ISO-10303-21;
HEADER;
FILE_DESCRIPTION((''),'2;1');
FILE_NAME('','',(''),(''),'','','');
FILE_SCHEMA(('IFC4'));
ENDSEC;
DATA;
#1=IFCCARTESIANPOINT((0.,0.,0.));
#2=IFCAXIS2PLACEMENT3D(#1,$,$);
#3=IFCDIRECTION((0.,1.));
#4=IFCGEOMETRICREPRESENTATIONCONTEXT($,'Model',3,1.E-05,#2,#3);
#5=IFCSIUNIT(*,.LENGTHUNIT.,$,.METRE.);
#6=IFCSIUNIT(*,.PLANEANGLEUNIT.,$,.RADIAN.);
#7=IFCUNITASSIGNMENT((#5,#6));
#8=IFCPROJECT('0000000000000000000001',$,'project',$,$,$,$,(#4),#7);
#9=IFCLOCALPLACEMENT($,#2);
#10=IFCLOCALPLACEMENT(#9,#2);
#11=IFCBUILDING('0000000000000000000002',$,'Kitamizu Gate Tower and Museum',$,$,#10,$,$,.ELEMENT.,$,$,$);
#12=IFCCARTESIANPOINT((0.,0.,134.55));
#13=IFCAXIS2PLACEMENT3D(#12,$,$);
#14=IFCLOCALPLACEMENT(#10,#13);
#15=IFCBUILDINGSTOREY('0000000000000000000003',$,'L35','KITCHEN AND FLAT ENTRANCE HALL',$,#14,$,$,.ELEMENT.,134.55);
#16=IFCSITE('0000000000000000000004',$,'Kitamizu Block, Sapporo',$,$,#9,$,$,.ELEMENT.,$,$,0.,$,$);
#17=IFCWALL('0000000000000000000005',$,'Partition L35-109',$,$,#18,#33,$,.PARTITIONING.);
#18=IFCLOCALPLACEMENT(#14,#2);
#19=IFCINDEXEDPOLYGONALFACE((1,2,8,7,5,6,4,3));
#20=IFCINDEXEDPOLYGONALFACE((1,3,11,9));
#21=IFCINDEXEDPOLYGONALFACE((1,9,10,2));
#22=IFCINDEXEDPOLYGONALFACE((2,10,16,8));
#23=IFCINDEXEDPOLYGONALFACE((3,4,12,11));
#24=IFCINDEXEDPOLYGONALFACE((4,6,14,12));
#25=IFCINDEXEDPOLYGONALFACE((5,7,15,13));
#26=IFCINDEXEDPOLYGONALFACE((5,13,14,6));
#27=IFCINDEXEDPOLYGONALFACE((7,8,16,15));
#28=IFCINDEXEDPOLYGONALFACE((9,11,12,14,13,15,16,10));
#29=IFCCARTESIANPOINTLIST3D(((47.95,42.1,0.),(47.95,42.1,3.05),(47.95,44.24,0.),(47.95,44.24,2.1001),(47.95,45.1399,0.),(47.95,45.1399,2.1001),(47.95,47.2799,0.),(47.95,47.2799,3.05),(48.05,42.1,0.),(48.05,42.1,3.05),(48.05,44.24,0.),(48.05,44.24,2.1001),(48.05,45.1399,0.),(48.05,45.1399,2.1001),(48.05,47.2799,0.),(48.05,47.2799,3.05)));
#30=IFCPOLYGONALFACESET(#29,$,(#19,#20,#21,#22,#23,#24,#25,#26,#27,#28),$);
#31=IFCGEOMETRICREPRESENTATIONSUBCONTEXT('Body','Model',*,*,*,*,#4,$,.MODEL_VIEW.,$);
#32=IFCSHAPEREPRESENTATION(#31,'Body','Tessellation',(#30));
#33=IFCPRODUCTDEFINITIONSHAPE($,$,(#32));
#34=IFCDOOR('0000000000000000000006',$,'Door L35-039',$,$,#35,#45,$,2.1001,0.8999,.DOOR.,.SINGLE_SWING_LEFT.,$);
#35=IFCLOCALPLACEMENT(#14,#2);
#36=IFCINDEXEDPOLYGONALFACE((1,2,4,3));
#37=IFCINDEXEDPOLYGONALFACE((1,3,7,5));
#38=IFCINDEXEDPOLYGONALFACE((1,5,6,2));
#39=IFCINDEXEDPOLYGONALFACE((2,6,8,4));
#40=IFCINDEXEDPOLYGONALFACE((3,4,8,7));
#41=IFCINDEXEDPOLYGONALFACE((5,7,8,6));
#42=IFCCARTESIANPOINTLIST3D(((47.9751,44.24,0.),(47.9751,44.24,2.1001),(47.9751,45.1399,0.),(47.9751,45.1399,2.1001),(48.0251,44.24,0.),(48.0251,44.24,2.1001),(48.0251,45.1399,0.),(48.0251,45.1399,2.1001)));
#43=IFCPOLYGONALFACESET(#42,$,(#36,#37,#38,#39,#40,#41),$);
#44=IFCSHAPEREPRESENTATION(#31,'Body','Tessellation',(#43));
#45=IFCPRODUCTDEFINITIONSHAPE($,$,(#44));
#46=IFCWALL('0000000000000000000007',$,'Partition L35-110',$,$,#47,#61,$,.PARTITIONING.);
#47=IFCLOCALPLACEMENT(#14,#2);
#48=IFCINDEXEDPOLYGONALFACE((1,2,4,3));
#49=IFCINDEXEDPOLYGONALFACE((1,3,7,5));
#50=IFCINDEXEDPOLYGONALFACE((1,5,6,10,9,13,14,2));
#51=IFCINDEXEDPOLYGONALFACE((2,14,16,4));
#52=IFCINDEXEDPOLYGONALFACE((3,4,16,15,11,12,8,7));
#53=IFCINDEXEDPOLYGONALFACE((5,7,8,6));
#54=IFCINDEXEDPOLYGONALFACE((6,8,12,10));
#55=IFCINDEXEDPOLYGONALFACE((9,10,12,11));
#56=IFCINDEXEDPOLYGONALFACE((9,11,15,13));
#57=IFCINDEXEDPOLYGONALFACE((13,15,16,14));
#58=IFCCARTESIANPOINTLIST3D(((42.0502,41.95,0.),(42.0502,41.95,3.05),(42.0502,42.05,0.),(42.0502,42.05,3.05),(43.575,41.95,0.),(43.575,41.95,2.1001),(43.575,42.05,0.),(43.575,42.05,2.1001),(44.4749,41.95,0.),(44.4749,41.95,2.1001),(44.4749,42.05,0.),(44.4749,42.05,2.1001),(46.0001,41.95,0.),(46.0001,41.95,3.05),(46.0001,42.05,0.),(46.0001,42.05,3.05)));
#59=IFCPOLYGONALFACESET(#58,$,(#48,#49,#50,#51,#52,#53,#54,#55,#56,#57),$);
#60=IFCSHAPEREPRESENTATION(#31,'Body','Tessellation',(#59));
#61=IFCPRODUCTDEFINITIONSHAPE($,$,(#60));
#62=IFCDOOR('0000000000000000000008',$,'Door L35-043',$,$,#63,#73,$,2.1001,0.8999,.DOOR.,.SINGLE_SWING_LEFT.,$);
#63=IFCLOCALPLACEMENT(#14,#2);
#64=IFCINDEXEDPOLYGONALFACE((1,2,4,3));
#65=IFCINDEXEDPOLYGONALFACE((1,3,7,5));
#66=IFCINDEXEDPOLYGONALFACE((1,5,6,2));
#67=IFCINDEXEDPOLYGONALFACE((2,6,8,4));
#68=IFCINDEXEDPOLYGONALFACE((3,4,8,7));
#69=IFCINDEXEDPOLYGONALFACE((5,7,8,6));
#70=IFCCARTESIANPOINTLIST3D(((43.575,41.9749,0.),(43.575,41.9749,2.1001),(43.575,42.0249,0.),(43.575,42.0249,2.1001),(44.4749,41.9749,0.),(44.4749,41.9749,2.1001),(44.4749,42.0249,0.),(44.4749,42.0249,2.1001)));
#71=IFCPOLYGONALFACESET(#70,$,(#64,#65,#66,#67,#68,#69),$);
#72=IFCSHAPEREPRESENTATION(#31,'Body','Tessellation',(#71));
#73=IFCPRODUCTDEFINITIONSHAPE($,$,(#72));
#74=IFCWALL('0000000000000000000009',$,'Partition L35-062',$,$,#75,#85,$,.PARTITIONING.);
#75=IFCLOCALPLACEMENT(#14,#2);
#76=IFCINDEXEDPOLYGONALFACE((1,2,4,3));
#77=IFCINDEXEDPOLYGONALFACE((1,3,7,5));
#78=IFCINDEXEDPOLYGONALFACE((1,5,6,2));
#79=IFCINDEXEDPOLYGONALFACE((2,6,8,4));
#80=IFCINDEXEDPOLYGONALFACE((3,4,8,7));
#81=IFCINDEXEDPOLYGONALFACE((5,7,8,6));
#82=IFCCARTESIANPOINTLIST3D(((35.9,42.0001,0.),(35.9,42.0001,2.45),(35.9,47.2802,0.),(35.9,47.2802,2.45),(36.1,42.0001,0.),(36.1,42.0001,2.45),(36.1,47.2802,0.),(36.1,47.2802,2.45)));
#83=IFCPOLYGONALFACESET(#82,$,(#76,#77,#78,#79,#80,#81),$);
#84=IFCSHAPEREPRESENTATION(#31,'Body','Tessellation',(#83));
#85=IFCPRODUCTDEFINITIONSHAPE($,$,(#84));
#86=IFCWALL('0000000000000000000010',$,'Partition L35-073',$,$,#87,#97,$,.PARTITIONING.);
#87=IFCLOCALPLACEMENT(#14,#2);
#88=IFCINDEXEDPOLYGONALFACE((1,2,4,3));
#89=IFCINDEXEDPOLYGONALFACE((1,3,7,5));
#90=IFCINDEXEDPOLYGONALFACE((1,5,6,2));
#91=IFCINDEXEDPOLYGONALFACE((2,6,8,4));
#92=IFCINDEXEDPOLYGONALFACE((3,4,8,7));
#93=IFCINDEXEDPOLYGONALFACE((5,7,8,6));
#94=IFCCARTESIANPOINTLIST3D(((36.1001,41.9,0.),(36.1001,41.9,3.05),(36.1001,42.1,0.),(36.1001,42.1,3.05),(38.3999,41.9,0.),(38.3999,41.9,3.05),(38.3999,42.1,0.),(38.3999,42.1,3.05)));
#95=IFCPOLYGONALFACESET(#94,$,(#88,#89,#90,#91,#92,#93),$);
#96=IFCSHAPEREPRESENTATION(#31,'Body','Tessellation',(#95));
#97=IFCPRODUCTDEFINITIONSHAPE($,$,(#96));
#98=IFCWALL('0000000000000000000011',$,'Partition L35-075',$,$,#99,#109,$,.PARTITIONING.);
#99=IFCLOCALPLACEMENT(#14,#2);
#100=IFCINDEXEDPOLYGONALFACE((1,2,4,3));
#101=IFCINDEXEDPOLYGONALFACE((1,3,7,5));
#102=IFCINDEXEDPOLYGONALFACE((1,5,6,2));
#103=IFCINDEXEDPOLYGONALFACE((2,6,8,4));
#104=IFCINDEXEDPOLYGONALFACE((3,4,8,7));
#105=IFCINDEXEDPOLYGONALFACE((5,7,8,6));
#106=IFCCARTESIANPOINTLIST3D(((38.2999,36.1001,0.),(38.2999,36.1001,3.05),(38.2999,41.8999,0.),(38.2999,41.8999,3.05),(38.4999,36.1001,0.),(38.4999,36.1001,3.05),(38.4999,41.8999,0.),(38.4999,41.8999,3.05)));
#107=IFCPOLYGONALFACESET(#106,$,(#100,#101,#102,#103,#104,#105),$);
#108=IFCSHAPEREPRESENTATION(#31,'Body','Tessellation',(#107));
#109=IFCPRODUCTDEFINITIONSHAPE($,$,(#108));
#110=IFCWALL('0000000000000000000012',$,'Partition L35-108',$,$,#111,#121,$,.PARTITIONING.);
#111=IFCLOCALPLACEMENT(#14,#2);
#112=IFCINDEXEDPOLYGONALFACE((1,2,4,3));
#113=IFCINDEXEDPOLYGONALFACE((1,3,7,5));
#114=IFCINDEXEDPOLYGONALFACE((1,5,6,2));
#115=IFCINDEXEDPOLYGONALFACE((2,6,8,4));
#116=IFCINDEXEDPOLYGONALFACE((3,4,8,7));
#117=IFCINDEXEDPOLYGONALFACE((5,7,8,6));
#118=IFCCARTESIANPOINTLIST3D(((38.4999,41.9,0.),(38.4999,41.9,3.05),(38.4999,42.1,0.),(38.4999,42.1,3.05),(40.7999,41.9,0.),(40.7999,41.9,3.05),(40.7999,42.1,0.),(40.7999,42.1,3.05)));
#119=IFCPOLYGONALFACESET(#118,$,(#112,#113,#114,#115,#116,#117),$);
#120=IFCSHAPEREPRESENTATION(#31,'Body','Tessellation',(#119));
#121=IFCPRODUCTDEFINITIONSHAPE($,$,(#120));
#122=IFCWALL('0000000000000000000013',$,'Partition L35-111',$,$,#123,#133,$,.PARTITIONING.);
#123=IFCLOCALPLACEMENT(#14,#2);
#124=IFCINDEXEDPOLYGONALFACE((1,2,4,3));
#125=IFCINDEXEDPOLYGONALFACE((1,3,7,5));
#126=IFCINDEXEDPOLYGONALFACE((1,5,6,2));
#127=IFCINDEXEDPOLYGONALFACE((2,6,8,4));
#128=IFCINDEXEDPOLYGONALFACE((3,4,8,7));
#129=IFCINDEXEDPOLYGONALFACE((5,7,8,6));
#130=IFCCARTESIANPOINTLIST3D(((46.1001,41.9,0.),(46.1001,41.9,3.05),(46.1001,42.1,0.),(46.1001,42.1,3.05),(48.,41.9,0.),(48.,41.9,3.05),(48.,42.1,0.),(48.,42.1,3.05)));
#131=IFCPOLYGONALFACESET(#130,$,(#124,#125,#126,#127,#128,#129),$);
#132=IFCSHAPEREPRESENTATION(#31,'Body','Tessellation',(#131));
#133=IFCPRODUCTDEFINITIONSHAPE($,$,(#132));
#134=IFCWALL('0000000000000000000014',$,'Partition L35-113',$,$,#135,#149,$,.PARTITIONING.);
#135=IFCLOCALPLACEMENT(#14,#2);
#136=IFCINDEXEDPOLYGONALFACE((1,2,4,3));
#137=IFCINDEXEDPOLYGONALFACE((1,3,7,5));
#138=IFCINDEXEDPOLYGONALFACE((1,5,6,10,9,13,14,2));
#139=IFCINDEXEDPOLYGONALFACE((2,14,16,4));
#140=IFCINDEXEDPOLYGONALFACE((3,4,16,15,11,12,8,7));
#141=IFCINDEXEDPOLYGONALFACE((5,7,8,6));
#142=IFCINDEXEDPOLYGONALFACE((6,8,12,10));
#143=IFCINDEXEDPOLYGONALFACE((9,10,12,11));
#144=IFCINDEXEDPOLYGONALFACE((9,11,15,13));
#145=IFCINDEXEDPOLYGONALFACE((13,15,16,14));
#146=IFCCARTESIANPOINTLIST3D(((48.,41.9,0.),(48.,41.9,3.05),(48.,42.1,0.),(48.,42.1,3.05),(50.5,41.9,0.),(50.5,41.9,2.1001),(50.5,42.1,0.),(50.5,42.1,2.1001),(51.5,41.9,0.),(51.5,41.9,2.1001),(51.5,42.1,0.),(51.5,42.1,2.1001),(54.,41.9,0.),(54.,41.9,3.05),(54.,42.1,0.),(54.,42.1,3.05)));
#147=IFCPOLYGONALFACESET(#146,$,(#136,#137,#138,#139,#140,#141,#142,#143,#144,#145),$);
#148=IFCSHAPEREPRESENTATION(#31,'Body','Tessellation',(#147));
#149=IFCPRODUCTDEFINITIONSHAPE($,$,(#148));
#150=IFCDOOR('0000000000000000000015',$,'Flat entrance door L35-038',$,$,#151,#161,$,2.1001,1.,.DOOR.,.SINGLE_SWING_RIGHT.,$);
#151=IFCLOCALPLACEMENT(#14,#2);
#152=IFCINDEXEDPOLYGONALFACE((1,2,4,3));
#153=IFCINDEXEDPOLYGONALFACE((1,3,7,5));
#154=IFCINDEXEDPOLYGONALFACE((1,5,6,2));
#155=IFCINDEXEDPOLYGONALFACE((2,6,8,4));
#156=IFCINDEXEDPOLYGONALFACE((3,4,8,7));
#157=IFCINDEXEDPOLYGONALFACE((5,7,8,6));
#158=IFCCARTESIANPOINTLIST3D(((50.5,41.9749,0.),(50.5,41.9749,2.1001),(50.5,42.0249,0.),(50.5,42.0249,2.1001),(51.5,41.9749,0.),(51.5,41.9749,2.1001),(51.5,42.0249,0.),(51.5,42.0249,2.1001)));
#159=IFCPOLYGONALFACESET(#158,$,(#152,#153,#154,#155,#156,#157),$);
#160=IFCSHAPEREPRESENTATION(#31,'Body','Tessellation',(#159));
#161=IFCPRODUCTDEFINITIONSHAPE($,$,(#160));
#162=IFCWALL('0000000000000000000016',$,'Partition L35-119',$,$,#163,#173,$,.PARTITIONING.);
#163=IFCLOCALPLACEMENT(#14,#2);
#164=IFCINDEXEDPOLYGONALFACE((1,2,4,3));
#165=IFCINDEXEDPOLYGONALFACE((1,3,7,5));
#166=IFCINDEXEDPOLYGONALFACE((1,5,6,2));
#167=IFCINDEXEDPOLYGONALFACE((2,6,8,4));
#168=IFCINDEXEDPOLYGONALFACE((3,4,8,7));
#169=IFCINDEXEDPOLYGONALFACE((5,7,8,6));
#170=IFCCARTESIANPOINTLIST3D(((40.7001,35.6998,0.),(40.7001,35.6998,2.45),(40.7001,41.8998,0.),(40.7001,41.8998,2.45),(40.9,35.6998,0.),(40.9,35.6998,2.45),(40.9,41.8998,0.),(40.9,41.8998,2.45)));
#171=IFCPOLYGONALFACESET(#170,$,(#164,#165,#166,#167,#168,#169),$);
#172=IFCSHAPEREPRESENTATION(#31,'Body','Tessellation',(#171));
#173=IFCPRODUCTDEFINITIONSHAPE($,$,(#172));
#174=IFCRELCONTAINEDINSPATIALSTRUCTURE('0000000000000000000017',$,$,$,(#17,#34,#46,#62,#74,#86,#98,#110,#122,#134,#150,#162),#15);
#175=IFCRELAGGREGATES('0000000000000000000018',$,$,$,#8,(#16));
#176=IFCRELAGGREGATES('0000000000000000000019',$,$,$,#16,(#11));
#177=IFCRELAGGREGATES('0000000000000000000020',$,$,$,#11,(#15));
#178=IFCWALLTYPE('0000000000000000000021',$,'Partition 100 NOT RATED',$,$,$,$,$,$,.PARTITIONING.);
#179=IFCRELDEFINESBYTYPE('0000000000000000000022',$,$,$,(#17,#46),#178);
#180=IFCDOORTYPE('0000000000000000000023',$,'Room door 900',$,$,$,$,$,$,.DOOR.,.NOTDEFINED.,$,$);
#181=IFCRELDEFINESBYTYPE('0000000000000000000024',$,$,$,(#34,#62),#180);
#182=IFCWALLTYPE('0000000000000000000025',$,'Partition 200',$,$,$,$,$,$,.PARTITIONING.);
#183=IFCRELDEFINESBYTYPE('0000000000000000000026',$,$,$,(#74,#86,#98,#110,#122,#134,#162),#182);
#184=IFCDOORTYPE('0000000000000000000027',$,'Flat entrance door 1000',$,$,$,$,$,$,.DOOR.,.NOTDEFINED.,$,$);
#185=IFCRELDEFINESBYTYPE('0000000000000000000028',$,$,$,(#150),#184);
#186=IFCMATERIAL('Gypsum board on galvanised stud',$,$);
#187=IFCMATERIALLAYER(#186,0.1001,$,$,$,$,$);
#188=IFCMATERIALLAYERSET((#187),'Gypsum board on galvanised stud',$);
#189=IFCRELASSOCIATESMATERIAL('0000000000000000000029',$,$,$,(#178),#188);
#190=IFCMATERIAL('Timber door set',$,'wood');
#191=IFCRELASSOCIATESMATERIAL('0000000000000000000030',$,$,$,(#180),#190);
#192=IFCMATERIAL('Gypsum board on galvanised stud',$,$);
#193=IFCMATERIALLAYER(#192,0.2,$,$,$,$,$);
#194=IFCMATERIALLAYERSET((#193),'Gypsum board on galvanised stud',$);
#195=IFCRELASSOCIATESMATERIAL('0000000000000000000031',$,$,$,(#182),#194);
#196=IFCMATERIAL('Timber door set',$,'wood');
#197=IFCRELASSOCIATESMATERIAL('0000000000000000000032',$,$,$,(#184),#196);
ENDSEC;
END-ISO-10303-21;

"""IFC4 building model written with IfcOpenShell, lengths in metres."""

from ifc_helpers import new_model, si_unit, direction, frame, frame_2d, origin, place, context, subcontext, project, spatial, rectangle, extrude, material, layer, layer_set, type_object, element, fill, save


model = new_model("IFC4")

# Units and contexts
model_context = context("Model", 3, precision=1e-05, world=origin(), true_north=direction((0.0, 1.0)))
body_context = subcontext(model_context, "Body", "Model", "MODEL_VIEW")
ifc_project = project(units=[si_unit("LENGTHUNIT", "METRE"), si_unit("PLANEANGLEUNIT", "RADIAN")], contexts=[model_context])

# Site, building, storey
site_placement = place(None, origin())
site = spatial("IfcSite", under=ifc_project, at=site_placement, Name="Kitamizu Block, Sapporo", CompositionType="ELEMENT", RefElevation=0.0)
building_placement = place(site_placement, origin())
building = spatial("IfcBuilding", under=site, at=building_placement, Name="Kitamizu Gate Tower and Museum", CompositionType="ELEMENT")
storey_placement = place(building_placement, frame((0.0, 0.0, 134.55)))
storey = spatial("IfcBuildingStorey", under=building, at=storey_placement, Name="L35", Description="KITCHEN AND FLAT ENTRANCE HALL", CompositionType="ELEMENT", Elevation=134.55)

# Shared definitions
ifc_material_1 = material(Name="Gypsum board on galvanised stud")
ifc_layer_1 = layer(ifc_material_1, 0.1001)
ifc_layer_set_1 = layer_set([ifc_layer_1], Name="Gypsum board on galvanised stud")
wall_type_1 = type_object("IfcWallType", Name="Partition 100 NOT RATED", PredefinedType="PARTITIONING", material=ifc_layer_set_1)
ifc_material_2 = material(Name="Timber door set", Category="wood")
door_type_1 = type_object("IfcDoorType", Name="Room door 900", OperationType="NOTDEFINED", PredefinedType="DOOR", material=ifc_material_2)

# Walls, openings, doors
wall_1_placement = place(storey_placement, frame((48.0, 42.1001, 0.0), z_axis=(0.0, 0.0, 1.0), x_axis=(0.0, 1.0, 0.0)))
wall_1 = element("IfcWall", 1, at=wall_1_placement, inside=storey, type_object=wall_type_1, Name="Partition L35-109", PredefinedType="PARTITIONING", context=body_context, shape_type="SweptSolid", body=[
    extrude(rectangle(XDim=5.1799, YDim=0.1001, at=frame_2d((2.5898, 0.0))), origin(), (0.0, 0.0, 1.0), 3.05),
])
opening_1_placement = place(wall_1_placement, frame((2.1399, 0.0, 0.0)))
opening_1 = element("IfcOpeningElement", 2, at=opening_1_placement, cuts=wall_1, PredefinedType="OPENING", context=body_context, shape_type="SweptSolid", body=[
    extrude(rectangle(XDim=0.8999, YDim=2.1001, at=frame_2d((0.45, 1.05))), frame((0.0, 0.0601, 0.0), z_axis=(0.0, -1.0, 0.0), x_axis=(1.0, 0.0, 0.0)), (0.0, 0.0, 1.0), 0.1201),
])
door_1_placement = place(opening_1_placement, origin())
door_1 = element("IfcDoor", 3, at=door_1_placement, inside=storey, type_object=door_type_1, Name="Door L35-039", OperationType="SINGLE_SWING_LEFT", OverallHeight=2.1001, OverallWidth=0.8999, PredefinedType="DOOR", context=body_context, shape_type="SweptSolid", body=[
    extrude(rectangle(XDim=0.8999, YDim=2.1001, at=frame_2d((0.45, 1.05))), frame((0.0, 0.0249, 0.0), z_axis=(0.0, -1.0, 0.0), x_axis=(1.0, 0.0, 0.0)), (0.0, 0.0, 1.0), 0.05),
])
fill(opening_1, door_1)
wall_2_placement = place(storey_placement, frame((42.05, 42.0, 0.0), z_axis=(0.0, 0.0, 1.0), x_axis=(1.0, 0.0, 0.0)))
wall_2 = element("IfcWall", 4, at=wall_2_placement, inside=storey, type_object=wall_type_1, Name="Partition L35-110", PredefinedType="PARTITIONING", context=body_context, shape_type="SweptSolid", body=[
    extrude(rectangle(XDim=3.95, YDim=0.1001, at=frame_2d((1.9751, 0.0))), origin(), (0.0, 0.0, 1.0), 3.05),
])
opening_2_placement = place(wall_2_placement, frame((1.5249, 0.0, 0.0)))
opening_2 = element("IfcOpeningElement", 5, at=opening_2_placement, cuts=wall_2, PredefinedType="OPENING", context=body_context, shape_type="SweptSolid", body=[
    extrude(rectangle(XDim=0.8999, YDim=2.1001, at=frame_2d((0.45, 1.05))), frame((0.0, 0.0601, 0.0), z_axis=(0.0, -1.0, 0.0), x_axis=(1.0, 0.0, 0.0)), (0.0, 0.0, 1.0), 0.1201),
])
door_2_placement = place(opening_2_placement, origin())
door_2 = element("IfcDoor", 6, at=door_2_placement, inside=storey, type_object=door_type_1, Name="Door L35-043", OperationType="SINGLE_SWING_LEFT", OverallHeight=2.1001, OverallWidth=0.8999, PredefinedType="DOOR", context=body_context, shape_type="SweptSolid", body=[
    extrude(rectangle(XDim=0.8999, YDim=2.1001, at=frame_2d((0.45, 1.05))), frame((0.0, 0.0249, 0.0), z_axis=(0.0, -1.0, 0.0), x_axis=(1.0, 0.0, 0.0)), (0.0, 0.0, 1.0), 0.05),
])
fill(opening_2, door_2)

# Walls
ifc_material_3 = material(Name="Gypsum board on galvanised stud")
ifc_layer_2 = layer(ifc_material_3, 0.2)
ifc_layer_set_2 = layer_set([ifc_layer_2], Name="Gypsum board on galvanised stud")
wall_type_2 = type_object("IfcWallType", Name="Partition 200", PredefinedType="PARTITIONING", material=ifc_layer_set_2)
wall_3_placement = place(storey_placement, frame((36.0, 42.0, 0.0), z_axis=(0.0, 0.0, 1.0), x_axis=(0.0, 1.0, 0.0)))
element("IfcWall", 7, at=wall_3_placement, inside=storey, type_object=wall_type_2, Name="Partition L35-062", PredefinedType="PARTITIONING", context=body_context, shape_type="SweptSolid", body=[
    extrude(rectangle(XDim=5.28, YDim=0.2, at=frame_2d((2.6401, 0.0))), origin(), (0.0, 0.0, 1.0), 2.45),
])
wall_4_placement = place(storey_placement, frame((38.3999, 42.0, 0.0), z_axis=(0.0, 0.0, 1.0), x_axis=(-1.0, 0.0, 0.0)))
element("IfcWall", 8, at=wall_4_placement, inside=storey, type_object=wall_type_2, Name="Partition L35-073", PredefinedType="PARTITIONING", context=body_context, shape_type="SweptSolid", body=[
    extrude(rectangle(XDim=2.2998, YDim=0.2, at=frame_2d((1.1499, 0.0))), origin(), (0.0, 0.0, 1.0), 3.05),
])
wall_5_placement = place(storey_placement, frame((38.3999, 36.1001, 0.0), z_axis=(0.0, 0.0, 1.0), x_axis=(0.0, 1.0, 0.0)))
element("IfcWall", 9, at=wall_5_placement, inside=storey, type_object=wall_type_2, Name="Partition L35-075", PredefinedType="PARTITIONING", context=body_context, shape_type="SweptSolid", body=[
    extrude(rectangle(XDim=5.7998, YDim=0.2, at=frame_2d((2.8999, 0.0))), origin(), (0.0, 0.0, 1.0), 3.05),
])
wall_6_placement = place(storey_placement, frame((38.5, 42.0, 0.0), z_axis=(0.0, 0.0, 1.0), x_axis=(1.0, 0.0, 0.0)))
element("IfcWall", 10, at=wall_6_placement, inside=storey, type_object=wall_type_2, Name="Partition L35-108", PredefinedType="PARTITIONING", context=body_context, shape_type="SweptSolid", body=[
    extrude(rectangle(XDim=2.3, YDim=0.2, at=frame_2d((1.1499, 0.0))), origin(), (0.0, 0.0, 1.0), 3.05),
])
wall_7_placement = place(storey_placement, frame((46.1001, 42.0, 0.0), z_axis=(0.0, 0.0, 1.0), x_axis=(1.0, 0.0, 0.0)))
element("IfcWall", 11, at=wall_7_placement, inside=storey, type_object=wall_type_2, Name="Partition L35-111", PredefinedType="PARTITIONING", context=body_context, shape_type="SweptSolid", body=[
    extrude(rectangle(XDim=1.8999, YDim=0.2, at=frame_2d((0.95, 0.0))), origin(), (0.0, 0.0, 1.0), 3.05),
])

# Wall, opening, door
wall_8_placement = place(storey_placement, frame((48.0, 42.0, 0.0), z_axis=(0.0, 0.0, 1.0), x_axis=(1.0, 0.0, 0.0)))
wall_8 = element("IfcWall", 12, at=wall_8_placement, inside=storey, type_object=wall_type_2, Name="Partition L35-113", PredefinedType="PARTITIONING", context=body_context, shape_type="SweptSolid", body=[
    extrude(rectangle(XDim=6.0, YDim=0.2, at=frame_2d((3.0, 0.0))), origin(), (0.0, 0.0, 1.0), 3.05),
])
opening_3_placement = place(wall_8_placement, frame((2.5, 0.0, 0.0)))
opening_3 = element("IfcOpeningElement", 13, at=opening_3_placement, cuts=wall_8, PredefinedType="OPENING", context=body_context, shape_type="SweptSolid", body=[
    extrude(rectangle(XDim=1.0, YDim=2.1001, at=frame_2d((0.5, 1.05))), frame((0.0, 0.1099, 0.0), z_axis=(0.0, -1.0, 0.0), x_axis=(1.0, 0.0, 0.0)), (0.0, 0.0, 1.0), 0.22),
])
ifc_material_4 = material(Name="Timber door set", Category="wood")
door_type_2 = type_object("IfcDoorType", Name="Flat entrance door 1000", OperationType="NOTDEFINED", PredefinedType="DOOR", material=ifc_material_4)
door_3_placement = place(opening_3_placement, origin())
door_3 = element("IfcDoor", 14, at=door_3_placement, inside=storey, type_object=door_type_2, Name="Flat entrance door L35-038", OperationType="SINGLE_SWING_RIGHT", OverallHeight=2.1001, OverallWidth=1.0, PredefinedType="DOOR", context=body_context, shape_type="SweptSolid", body=[
    extrude(rectangle(XDim=1.0, YDim=2.1001, at=frame_2d((0.5, 1.05))), frame((0.0, 0.0249, 0.0), z_axis=(0.0, -1.0, 0.0), x_axis=(1.0, 0.0, 0.0)), (0.0, 0.0, 1.0), 0.05),
])
fill(opening_3, door_3)

# Wall
wall_9_placement = place(storey_placement, frame((40.8, 41.8999, 0.0), z_axis=(0.0, 0.0, 1.0), x_axis=(0.0, -1.0, 0.0)))
element("IfcWall", 15, at=wall_9_placement, inside=storey, type_object=wall_type_2, Name="Partition L35-119", PredefinedType="PARTITIONING", context=body_context, shape_type="SweptSolid", body=[
    extrude(rectangle(XDim=6.2, YDim=0.2, at=frame_2d((3.1001, 0.0))), origin(), (0.0, 0.0, 1.0), 2.45),
])

save(model, "model.ifc")
